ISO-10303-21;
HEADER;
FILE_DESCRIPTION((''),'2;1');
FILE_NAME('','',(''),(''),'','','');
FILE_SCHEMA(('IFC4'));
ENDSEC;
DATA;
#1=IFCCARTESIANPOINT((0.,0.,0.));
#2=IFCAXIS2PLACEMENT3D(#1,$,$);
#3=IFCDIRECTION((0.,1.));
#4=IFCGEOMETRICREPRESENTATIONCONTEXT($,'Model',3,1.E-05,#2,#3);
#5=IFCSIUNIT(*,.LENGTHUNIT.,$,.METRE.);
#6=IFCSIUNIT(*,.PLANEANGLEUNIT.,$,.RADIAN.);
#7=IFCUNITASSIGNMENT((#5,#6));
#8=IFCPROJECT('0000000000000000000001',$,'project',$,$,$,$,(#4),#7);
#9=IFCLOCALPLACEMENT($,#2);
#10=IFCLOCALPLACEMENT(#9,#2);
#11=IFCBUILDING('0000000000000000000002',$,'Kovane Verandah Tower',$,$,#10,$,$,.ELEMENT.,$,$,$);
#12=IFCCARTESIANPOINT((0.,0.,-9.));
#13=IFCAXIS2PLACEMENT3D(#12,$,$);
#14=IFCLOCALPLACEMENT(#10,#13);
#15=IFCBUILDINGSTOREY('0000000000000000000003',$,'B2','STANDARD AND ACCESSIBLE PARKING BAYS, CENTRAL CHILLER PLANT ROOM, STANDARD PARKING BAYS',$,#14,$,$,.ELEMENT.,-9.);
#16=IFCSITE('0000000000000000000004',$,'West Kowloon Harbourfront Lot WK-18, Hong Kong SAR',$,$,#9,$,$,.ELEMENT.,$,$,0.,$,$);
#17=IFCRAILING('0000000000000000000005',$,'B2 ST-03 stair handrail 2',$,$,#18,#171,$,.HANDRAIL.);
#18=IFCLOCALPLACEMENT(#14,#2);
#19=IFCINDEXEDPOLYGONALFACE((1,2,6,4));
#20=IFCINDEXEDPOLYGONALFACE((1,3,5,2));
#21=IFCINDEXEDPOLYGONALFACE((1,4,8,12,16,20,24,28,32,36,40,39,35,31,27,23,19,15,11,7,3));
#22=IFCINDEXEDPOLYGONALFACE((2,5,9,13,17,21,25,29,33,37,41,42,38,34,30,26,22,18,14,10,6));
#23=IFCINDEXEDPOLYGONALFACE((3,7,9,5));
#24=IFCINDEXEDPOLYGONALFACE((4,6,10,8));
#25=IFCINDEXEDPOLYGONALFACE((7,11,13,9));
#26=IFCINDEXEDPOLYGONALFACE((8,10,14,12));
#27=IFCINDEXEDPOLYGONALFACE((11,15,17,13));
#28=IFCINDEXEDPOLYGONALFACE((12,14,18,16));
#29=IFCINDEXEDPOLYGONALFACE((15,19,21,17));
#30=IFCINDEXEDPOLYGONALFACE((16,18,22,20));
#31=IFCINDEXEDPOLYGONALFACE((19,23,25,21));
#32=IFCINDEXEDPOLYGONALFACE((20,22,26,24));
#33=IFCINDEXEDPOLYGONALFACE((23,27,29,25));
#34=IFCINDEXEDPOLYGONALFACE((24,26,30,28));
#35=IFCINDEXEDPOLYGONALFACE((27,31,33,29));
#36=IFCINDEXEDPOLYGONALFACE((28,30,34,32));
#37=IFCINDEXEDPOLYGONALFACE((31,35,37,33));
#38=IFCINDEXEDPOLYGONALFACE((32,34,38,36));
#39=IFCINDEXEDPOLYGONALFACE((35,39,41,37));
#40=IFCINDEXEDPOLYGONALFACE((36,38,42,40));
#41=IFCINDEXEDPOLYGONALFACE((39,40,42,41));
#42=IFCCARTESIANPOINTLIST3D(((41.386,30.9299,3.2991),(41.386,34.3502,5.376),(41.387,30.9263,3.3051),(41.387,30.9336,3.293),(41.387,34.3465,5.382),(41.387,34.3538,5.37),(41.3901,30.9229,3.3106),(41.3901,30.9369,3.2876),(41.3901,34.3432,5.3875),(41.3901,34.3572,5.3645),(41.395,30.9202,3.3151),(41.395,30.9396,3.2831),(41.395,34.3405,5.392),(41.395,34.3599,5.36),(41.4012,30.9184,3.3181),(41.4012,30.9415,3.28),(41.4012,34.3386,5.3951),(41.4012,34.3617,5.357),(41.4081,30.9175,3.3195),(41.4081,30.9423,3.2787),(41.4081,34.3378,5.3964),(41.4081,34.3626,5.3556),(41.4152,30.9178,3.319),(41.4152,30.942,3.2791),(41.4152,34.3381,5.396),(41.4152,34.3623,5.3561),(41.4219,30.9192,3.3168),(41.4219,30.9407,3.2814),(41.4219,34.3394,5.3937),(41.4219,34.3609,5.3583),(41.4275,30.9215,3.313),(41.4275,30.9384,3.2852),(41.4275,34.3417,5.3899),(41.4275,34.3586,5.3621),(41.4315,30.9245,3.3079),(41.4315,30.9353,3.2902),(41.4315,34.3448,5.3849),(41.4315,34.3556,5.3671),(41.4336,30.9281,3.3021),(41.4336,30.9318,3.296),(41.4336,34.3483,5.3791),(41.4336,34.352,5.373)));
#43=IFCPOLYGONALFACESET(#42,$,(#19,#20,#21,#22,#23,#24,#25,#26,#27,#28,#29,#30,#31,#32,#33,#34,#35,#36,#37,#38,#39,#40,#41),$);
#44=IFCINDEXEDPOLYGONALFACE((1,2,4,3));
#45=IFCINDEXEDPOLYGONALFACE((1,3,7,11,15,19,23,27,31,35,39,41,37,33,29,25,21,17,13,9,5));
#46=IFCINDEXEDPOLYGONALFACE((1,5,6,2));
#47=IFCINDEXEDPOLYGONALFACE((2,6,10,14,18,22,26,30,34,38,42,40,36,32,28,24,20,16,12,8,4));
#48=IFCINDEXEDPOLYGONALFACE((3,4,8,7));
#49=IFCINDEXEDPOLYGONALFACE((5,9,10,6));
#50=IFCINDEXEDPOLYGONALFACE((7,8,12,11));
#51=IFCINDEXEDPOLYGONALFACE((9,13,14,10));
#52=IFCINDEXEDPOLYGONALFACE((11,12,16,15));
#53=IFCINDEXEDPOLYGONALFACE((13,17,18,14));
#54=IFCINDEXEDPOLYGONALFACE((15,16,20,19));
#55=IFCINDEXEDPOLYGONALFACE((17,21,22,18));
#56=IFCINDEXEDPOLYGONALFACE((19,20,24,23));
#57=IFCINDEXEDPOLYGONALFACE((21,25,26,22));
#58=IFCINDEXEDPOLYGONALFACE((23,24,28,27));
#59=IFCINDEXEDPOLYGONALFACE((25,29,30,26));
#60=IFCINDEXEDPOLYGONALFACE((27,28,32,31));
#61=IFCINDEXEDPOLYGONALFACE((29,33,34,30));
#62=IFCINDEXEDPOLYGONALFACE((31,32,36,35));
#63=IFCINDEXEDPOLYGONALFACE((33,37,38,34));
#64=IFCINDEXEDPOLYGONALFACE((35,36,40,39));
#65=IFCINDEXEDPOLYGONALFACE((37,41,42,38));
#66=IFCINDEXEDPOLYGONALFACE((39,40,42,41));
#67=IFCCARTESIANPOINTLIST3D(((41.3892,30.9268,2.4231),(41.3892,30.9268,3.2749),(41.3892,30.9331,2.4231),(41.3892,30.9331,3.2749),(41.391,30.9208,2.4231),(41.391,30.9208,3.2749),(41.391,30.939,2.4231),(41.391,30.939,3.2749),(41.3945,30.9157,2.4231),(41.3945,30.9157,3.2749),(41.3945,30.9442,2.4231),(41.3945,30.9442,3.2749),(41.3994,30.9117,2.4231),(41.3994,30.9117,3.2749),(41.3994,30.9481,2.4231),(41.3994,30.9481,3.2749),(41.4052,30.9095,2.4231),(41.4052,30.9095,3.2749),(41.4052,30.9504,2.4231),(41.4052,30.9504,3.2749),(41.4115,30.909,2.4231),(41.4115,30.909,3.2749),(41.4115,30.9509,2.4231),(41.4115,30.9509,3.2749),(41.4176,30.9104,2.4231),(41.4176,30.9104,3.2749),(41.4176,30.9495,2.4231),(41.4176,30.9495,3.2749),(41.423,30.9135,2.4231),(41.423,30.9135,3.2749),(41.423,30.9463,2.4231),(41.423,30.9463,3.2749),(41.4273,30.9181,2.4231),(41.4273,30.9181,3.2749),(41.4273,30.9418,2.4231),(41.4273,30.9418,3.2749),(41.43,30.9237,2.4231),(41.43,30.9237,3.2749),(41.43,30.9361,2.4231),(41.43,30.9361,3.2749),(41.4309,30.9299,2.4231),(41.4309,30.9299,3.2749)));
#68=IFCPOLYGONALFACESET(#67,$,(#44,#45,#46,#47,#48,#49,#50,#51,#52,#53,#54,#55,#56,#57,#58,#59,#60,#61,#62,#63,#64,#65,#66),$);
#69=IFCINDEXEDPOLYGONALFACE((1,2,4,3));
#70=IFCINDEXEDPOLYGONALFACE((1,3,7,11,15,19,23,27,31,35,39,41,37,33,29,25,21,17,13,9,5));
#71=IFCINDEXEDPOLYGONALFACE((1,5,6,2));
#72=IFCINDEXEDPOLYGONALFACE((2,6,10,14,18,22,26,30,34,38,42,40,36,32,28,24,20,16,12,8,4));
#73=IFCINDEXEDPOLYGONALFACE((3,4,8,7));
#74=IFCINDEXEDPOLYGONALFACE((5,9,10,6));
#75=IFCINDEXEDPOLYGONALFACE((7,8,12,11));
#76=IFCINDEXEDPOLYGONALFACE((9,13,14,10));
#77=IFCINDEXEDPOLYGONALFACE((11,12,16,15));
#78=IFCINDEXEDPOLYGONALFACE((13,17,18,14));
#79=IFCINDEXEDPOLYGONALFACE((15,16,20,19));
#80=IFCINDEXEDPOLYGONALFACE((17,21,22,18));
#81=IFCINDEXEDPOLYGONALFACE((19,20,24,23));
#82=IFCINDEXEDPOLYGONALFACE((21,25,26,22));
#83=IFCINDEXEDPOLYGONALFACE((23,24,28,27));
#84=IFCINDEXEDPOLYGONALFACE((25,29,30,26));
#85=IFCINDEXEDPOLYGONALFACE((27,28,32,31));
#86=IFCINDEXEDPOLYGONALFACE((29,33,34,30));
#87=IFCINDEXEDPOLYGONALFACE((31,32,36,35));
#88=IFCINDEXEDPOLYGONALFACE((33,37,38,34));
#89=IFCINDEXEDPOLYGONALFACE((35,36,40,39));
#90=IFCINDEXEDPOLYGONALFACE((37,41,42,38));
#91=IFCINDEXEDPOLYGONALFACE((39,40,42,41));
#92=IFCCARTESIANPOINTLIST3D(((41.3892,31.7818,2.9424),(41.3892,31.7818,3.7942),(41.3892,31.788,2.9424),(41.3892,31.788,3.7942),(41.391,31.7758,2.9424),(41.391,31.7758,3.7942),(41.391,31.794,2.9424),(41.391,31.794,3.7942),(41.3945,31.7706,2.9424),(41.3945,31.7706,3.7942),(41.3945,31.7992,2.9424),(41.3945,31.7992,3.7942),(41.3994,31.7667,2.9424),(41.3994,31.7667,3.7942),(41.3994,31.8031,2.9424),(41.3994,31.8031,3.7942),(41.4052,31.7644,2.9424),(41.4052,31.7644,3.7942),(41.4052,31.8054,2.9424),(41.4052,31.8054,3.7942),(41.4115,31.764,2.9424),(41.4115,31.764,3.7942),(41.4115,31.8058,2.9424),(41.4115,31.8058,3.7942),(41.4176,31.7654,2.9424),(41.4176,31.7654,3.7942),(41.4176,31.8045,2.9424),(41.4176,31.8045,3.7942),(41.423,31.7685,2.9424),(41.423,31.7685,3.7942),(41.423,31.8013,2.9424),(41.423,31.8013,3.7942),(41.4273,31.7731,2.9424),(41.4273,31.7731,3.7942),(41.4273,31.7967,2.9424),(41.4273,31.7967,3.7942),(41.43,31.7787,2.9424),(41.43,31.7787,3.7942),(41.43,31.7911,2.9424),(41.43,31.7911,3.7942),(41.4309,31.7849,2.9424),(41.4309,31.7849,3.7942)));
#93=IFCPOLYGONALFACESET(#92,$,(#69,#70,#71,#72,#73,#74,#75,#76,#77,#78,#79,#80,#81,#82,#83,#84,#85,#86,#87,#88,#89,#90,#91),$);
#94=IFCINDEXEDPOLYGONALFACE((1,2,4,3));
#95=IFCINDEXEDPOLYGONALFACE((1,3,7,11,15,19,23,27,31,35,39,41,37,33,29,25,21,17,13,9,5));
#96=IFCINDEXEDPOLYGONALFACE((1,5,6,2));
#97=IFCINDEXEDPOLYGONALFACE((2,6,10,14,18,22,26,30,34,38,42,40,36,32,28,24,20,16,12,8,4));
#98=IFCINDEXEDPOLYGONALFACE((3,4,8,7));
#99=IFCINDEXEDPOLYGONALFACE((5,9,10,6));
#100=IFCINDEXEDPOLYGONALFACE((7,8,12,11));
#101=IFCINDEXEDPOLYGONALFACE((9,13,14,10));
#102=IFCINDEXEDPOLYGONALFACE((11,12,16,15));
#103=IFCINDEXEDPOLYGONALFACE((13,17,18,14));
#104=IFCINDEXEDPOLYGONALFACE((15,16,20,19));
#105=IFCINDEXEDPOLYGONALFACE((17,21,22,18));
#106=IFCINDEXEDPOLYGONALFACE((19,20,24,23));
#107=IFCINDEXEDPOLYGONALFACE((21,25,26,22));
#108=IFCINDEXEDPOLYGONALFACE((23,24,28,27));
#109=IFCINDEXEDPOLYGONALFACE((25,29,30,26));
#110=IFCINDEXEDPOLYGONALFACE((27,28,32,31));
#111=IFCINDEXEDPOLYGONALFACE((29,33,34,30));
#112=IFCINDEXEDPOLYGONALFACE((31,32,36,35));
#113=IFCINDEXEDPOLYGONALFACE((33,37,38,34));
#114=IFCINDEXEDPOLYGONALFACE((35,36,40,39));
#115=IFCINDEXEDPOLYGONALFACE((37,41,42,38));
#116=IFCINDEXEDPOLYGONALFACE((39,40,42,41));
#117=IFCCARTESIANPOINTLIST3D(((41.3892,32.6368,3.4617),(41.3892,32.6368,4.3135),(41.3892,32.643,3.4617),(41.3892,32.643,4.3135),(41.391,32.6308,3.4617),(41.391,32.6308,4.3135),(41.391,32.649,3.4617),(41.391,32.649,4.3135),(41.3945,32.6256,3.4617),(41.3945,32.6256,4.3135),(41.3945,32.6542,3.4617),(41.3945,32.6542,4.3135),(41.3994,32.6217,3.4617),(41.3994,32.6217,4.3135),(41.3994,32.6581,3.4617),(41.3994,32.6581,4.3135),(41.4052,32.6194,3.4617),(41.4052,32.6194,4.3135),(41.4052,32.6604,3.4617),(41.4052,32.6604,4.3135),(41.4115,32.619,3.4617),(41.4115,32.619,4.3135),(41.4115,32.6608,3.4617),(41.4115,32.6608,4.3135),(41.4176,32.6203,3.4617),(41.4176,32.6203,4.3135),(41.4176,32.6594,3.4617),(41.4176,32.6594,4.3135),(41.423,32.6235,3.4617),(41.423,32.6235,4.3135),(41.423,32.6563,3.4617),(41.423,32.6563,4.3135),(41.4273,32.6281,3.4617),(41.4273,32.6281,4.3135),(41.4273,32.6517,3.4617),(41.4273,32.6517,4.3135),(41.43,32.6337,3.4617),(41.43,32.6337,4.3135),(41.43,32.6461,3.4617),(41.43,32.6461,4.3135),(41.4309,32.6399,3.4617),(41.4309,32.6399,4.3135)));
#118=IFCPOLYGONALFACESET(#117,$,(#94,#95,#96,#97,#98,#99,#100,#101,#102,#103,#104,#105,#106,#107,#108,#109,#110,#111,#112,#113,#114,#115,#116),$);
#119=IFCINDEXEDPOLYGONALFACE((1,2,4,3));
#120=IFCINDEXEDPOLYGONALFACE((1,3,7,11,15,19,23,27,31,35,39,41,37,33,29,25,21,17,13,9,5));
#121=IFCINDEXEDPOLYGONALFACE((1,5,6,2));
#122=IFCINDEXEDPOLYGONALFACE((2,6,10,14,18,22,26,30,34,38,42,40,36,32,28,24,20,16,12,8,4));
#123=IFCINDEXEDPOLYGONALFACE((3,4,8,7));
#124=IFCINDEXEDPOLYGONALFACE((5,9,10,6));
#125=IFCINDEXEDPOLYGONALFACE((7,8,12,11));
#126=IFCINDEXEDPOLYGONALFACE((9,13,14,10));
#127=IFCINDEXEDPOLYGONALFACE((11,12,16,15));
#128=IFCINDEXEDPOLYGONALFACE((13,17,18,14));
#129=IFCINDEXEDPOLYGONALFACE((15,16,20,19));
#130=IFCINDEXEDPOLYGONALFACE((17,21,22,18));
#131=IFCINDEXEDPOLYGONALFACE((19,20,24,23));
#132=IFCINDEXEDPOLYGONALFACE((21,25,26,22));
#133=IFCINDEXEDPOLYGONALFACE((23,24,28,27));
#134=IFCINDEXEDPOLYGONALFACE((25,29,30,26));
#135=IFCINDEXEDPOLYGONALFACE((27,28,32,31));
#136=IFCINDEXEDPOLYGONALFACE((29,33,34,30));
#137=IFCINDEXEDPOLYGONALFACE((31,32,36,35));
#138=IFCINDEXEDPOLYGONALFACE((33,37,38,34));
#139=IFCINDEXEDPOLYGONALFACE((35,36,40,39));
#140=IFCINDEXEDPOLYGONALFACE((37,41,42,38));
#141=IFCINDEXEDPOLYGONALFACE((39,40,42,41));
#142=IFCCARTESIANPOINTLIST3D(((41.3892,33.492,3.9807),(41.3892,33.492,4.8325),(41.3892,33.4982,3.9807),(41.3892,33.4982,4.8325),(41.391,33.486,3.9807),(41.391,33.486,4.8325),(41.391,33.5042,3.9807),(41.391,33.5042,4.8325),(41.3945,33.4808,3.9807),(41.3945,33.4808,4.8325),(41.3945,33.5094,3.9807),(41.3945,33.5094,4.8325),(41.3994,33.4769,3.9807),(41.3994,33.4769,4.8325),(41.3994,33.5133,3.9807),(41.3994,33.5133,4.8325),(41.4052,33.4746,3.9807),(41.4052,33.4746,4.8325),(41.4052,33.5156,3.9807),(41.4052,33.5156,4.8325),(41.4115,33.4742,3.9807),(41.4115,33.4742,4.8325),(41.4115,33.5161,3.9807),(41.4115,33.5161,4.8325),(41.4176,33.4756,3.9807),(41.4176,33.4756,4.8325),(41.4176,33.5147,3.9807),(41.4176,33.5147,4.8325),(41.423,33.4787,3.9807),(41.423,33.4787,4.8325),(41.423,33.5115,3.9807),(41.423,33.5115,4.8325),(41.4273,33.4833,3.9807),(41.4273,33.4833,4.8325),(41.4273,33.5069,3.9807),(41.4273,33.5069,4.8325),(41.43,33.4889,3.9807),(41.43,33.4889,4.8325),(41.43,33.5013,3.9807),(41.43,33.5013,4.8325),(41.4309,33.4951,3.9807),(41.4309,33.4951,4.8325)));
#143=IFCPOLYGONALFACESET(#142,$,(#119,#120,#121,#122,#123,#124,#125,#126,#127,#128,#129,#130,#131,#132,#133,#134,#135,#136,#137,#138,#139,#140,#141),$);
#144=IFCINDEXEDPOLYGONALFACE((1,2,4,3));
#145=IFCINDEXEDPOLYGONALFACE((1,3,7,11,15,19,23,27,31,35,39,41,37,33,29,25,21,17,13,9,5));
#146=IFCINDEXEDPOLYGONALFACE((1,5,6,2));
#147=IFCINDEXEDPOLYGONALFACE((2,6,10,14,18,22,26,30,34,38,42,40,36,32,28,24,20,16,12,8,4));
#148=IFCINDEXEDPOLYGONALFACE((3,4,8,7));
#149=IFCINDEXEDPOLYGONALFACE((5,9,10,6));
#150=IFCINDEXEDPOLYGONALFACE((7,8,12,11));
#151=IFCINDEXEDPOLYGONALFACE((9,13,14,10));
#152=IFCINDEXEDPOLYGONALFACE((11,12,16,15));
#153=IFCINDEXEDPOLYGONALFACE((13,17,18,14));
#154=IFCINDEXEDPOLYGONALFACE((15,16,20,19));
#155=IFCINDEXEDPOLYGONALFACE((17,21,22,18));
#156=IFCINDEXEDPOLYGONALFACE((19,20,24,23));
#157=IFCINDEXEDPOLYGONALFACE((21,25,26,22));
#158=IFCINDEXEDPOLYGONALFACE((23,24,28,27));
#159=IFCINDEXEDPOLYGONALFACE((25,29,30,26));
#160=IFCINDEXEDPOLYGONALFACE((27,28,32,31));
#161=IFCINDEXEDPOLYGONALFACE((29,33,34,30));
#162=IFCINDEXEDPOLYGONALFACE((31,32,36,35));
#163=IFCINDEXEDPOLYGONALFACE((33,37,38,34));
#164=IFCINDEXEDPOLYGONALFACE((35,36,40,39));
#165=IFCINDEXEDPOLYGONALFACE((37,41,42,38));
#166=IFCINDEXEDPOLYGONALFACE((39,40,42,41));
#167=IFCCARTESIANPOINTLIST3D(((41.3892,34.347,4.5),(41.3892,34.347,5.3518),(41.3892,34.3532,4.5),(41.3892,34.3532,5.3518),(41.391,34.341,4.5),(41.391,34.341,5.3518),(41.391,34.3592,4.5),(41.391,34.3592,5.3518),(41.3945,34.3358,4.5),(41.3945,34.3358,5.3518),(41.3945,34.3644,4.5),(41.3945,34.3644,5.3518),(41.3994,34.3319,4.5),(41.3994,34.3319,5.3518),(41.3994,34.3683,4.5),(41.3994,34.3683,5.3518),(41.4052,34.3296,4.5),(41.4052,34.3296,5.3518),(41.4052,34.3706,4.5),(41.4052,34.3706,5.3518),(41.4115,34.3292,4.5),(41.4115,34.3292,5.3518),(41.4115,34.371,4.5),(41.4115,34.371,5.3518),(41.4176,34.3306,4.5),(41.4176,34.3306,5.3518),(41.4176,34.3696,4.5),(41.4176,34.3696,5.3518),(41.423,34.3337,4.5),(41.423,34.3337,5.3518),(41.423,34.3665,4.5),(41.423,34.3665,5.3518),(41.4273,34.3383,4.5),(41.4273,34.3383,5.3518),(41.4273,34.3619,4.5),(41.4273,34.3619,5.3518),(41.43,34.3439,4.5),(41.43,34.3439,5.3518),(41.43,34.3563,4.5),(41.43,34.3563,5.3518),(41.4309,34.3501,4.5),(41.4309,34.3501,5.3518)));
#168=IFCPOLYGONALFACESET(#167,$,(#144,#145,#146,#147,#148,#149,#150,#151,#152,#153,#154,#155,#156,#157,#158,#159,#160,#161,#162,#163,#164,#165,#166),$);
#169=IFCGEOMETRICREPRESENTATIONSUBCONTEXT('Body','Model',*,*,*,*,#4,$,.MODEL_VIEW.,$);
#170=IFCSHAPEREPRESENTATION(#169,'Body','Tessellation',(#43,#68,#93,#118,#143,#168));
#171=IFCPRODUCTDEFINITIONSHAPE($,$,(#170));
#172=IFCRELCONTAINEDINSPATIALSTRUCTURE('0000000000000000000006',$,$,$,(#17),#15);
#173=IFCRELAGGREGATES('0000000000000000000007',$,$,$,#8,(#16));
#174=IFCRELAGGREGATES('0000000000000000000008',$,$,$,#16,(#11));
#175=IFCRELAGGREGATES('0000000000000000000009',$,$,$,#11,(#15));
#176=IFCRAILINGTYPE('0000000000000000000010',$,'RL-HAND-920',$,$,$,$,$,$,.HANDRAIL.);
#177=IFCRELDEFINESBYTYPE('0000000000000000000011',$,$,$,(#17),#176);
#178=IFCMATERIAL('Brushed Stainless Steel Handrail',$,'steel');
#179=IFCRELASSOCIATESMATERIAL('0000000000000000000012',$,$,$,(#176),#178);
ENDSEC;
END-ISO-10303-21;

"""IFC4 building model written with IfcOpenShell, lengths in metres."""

from ifc_helpers import new_model, si_unit, direction, frame, origin, origin_2d, place, context, subcontext, project, spatial, circle, extrude, material, type_object, element, save


model = new_model("IFC4")

# Units and contexts
model_context = context("Model", 3, precision=1e-05, world=origin(), true_north=direction((0.0, 1.0)))
body_context = subcontext(model_context, "Body", "Model", "MODEL_VIEW")
ifc_project = project(units=[si_unit("LENGTHUNIT", "METRE"), si_unit("PLANEANGLEUNIT", "RADIAN")], contexts=[model_context])

# Site, building, storey
site_placement = place(None, origin())
site = spatial("IfcSite", under=ifc_project, at=site_placement, Name="West Kowloon Harbourfront Lot WK-18, Hong Kong SAR", CompositionType="ELEMENT", RefElevation=0.0)
building_placement = place(site_placement, origin())
building = spatial("IfcBuilding", under=site, at=building_placement, Name="Kovane Verandah Tower", CompositionType="ELEMENT")
storey_placement = place(building_placement, frame((0.0, 0.0, -9.0)))
storey = spatial("IfcBuildingStorey", under=building, at=storey_placement, Name="B2", Description="STANDARD AND ACCESSIBLE PARKING BAYS, CENTRAL CHILLER PLANT ROOM, STANDARD PARKING BAYS", CompositionType="ELEMENT", Elevation=-9.0)

# Railing
ifc_material_1 = material(Name="Brushed Stainless Steel Handrail", Category="steel")
railing_type_1 = type_object("IfcRailingType", Name="RL-HAND-920", PredefinedType="HANDRAIL", material=ifc_material_1)
railing_1_placement = place(storey_placement, frame((41.4099, 30.9299, 2.4231)))
element("IfcRailing", 1, at=railing_1_placement, inside=storey, type_object=railing_type_1, Name="B2 ST-03 stair handrail 2", PredefinedType="HANDRAIL", context=body_context, shape_type="SweptSolid", body=[
    extrude(circle(Radius=0.0239, at=origin_2d()), frame((0.0, 0.0, 0.876), z_axis=(0.0, 0.854746, 0.519047), x_axis=(-1.0, 0.0, 0.0)), (0.0, 0.0, 1.0), 4.0015),
    extrude(circle(Radius=0.021, at=origin_2d()), origin(), (0.0, 0.0, 1.0), 0.8518),
    extrude(circle(Radius=0.021, at=origin_2d()), frame((0.0, 0.855, 0.5193)), (0.0, 0.0, 1.0), 0.8518),
    extrude(circle(Radius=0.021, at=origin_2d()), frame((0.0, 1.71, 1.0386)), (0.0, 0.0, 1.0), 0.8518),
    extrude(circle(Radius=0.021, at=origin_2d()), frame((0.0, 2.5652, 1.5576)), (0.0, 0.0, 1.0), 0.8518),
    extrude(circle(Radius=0.021, at=origin_2d()), frame((0.0, 3.4202, 2.0769)), (0.0, 0.0, 1.0), 0.8518),
])

save(model, "model.ifc")
